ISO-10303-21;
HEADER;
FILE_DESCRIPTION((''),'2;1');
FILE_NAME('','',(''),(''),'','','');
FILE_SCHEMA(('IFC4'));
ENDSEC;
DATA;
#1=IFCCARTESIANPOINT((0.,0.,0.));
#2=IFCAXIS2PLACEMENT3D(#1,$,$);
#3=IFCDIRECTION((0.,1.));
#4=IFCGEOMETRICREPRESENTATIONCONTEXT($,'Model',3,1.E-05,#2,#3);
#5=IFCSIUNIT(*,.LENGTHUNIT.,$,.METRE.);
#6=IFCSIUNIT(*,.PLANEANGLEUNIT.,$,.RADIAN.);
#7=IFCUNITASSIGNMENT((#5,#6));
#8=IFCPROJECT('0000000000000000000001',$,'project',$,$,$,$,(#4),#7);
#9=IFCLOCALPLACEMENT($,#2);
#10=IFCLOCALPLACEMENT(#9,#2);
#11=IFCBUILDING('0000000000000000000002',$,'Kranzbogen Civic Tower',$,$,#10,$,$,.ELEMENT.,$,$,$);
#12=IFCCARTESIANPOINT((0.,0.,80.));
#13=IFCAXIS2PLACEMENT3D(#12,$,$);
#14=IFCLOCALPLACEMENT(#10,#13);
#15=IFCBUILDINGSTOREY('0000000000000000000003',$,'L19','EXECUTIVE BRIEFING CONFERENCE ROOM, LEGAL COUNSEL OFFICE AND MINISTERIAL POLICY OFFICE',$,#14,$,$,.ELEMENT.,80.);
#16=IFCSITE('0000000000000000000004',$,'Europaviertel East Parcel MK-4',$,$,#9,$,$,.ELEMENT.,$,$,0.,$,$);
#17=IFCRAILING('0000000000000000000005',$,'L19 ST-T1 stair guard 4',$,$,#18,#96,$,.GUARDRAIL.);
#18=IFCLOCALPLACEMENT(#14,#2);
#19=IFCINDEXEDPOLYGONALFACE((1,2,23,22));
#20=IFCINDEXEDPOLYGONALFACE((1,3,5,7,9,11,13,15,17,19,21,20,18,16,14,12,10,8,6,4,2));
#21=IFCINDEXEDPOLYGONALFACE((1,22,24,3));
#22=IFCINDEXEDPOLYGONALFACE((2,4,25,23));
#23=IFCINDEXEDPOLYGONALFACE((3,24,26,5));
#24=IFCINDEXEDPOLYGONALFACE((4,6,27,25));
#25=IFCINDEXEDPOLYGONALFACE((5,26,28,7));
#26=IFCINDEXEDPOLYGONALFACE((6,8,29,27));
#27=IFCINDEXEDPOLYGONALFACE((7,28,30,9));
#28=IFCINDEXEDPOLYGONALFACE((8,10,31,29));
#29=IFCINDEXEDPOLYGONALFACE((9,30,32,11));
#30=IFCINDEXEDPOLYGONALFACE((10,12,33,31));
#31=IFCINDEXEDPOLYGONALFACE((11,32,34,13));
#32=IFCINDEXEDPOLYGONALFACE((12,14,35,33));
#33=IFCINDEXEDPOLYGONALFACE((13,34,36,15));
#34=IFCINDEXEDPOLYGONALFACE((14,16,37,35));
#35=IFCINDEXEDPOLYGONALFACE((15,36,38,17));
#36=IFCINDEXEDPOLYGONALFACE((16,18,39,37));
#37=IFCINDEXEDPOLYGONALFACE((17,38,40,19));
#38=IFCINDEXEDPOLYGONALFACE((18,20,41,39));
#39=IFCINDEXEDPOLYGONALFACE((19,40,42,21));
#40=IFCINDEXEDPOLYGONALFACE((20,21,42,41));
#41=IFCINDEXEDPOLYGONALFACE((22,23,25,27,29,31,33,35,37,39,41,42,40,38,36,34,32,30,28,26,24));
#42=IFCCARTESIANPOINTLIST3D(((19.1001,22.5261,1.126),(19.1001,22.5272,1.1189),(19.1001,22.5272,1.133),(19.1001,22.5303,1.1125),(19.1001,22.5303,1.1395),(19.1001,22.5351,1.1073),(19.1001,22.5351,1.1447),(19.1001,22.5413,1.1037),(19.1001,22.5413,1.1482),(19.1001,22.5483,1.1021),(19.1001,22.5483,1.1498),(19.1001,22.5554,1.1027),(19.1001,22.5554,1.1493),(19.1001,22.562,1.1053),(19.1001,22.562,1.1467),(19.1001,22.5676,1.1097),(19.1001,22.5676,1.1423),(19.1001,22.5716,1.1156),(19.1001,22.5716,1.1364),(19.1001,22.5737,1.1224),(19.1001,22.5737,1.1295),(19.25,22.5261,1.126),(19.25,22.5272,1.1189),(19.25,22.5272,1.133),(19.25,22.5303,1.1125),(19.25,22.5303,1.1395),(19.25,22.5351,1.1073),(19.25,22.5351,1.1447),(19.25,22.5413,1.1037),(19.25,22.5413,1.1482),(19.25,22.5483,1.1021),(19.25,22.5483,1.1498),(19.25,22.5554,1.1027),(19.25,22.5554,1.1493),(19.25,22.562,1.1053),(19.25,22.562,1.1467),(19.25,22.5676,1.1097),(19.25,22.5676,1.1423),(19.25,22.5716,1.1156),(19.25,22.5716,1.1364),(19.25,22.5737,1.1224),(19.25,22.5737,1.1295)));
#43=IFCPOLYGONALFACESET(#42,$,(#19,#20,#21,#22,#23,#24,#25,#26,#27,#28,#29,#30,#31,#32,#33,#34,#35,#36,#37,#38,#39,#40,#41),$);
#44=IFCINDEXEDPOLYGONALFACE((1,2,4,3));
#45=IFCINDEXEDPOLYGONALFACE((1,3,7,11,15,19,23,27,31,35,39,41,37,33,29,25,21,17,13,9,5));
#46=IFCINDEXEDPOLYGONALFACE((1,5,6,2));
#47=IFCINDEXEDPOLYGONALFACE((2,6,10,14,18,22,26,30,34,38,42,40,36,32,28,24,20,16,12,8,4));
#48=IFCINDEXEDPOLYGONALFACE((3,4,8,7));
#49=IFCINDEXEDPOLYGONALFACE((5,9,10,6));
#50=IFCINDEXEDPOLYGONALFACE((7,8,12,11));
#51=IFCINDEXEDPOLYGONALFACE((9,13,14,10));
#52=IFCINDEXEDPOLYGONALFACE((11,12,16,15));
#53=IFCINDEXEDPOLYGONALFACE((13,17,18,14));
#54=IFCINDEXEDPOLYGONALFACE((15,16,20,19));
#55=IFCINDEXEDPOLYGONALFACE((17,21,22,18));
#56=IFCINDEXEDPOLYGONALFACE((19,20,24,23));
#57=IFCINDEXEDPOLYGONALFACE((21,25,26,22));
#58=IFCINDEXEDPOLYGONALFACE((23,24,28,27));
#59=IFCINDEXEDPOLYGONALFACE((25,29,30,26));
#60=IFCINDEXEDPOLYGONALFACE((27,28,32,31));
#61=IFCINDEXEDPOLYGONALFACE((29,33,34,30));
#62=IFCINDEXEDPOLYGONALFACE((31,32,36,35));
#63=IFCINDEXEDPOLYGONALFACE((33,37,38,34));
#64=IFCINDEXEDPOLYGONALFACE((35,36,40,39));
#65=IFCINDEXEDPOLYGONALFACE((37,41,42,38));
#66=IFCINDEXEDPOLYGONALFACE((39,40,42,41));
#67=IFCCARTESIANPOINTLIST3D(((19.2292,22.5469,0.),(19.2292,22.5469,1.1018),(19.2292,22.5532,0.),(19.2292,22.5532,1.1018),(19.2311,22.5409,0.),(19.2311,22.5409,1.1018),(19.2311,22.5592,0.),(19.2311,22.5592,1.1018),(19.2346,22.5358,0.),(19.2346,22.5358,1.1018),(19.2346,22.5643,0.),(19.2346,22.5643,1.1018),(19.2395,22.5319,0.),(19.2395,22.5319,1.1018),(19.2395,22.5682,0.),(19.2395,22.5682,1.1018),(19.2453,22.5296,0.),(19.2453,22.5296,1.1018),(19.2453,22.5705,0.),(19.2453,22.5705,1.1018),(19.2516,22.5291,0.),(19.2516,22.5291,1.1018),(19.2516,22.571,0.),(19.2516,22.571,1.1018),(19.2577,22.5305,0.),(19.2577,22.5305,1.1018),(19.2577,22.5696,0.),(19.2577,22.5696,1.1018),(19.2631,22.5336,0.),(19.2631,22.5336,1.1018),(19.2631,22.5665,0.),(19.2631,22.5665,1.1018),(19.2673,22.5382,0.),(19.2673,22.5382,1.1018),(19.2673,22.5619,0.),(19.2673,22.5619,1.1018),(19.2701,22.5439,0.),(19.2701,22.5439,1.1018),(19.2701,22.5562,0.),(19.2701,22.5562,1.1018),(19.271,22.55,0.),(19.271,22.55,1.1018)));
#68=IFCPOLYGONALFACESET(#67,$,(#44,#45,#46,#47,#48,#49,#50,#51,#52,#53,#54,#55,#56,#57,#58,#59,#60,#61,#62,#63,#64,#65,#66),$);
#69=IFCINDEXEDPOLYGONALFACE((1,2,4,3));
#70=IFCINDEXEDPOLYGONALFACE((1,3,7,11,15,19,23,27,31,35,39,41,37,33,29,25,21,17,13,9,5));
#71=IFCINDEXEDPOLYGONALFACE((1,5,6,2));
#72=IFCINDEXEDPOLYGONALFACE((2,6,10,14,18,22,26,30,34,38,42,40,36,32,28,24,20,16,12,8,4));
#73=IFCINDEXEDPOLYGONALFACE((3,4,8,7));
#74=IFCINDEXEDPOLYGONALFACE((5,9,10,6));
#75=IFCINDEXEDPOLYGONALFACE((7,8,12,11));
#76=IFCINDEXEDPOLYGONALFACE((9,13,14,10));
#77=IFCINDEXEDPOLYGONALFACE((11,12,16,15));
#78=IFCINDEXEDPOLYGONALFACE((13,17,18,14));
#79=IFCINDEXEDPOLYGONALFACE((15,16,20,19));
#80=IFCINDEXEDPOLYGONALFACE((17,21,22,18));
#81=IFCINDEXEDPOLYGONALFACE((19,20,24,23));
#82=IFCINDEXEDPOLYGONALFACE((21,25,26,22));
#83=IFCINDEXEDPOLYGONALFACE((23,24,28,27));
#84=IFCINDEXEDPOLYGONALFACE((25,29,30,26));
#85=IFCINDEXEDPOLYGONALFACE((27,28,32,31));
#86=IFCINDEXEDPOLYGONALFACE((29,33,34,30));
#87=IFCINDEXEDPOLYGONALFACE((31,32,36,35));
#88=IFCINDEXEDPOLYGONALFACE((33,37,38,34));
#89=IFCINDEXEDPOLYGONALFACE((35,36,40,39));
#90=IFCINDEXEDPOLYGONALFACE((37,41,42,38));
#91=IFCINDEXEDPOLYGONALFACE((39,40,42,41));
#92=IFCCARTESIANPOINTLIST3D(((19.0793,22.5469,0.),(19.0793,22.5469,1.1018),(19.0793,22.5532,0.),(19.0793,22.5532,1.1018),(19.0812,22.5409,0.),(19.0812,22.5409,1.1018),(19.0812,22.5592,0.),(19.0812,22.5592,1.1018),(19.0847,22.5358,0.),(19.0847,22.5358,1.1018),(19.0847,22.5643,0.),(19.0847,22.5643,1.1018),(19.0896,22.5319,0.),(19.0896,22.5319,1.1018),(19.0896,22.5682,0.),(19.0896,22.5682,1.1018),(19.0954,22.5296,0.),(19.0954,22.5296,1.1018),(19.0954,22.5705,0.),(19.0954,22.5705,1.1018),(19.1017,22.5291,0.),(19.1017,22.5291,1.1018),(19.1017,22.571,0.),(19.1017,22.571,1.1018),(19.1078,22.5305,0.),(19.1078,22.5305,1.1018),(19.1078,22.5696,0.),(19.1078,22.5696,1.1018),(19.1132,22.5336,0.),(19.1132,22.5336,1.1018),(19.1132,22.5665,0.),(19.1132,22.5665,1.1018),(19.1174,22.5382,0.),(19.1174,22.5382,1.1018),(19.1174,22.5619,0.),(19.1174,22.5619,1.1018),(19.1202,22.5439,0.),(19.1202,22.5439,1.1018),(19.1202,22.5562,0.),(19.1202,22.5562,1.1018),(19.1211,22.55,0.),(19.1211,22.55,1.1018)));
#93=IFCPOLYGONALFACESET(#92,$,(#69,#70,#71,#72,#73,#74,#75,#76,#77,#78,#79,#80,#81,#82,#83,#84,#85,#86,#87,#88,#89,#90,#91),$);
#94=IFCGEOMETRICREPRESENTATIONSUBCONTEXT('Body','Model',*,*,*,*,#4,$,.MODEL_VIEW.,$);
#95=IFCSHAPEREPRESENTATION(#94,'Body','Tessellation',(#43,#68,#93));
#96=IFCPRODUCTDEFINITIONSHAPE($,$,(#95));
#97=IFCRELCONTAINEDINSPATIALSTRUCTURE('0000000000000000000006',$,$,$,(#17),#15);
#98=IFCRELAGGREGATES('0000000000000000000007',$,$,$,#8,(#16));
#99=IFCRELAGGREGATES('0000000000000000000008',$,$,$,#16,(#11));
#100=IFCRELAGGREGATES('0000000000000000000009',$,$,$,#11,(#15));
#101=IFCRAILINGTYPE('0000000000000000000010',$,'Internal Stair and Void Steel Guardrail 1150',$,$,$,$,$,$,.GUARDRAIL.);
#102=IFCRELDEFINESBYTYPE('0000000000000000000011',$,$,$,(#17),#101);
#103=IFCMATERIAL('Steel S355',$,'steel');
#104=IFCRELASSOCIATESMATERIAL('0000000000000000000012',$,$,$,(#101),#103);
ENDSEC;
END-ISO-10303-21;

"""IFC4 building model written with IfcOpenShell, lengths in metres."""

from ifc_helpers import new_model, si_unit, direction, frame, origin, origin_2d, place, context, subcontext, project, spatial, circle, extrude, material, type_object, element, save


model = new_model("IFC4")

# Units and contexts
model_context = context("Model", 3, precision=1e-05, world=origin(), true_north=direction((0.0, 1.0)))
body_context = subcontext(model_context, "Body", "Model", "MODEL_VIEW")
ifc_project = project(units=[si_unit("LENGTHUNIT", "METRE"), si_unit("PLANEANGLEUNIT", "RADIAN")], contexts=[model_context])

# Site, building, storey
site_placement = place(None, origin())
site = spatial("IfcSite", under=ifc_project, at=site_placement, Name="Europaviertel East Parcel MK-4", CompositionType="ELEMENT", RefElevation=0.0)
building_placement = place(site_placement, origin())
building = spatial("IfcBuilding", under=site, at=building_placement, Name="Kranzbogen Civic Tower", CompositionType="ELEMENT")
storey_placement = place(building_placement, frame((0.0, 0.0, 80.0)))
storey = spatial("IfcBuildingStorey", under=building, at=storey_placement, Name="L19", Description="EXECUTIVE BRIEFING CONFERENCE ROOM, LEGAL COUNSEL OFFICE AND MINISTERIAL POLICY OFFICE", CompositionType="ELEMENT", Elevation=80.0)

# Shared definitions
ifc_material_1 = material(Name="Steel S355", Category="steel")

# Railing
railing_type_1 = type_object("IfcRailingType", Name="Internal Stair and Void Steel Guardrail 1150", PredefinedType="GUARDRAIL", material=ifc_material_1)
railing_1_placement = place(storey_placement, frame((19.25, 22.55, 0.0)))
element("IfcRailing", 1, at=railing_1_placement, inside=storey, type_object=railing_type_1, Name="L19 ST-T1 stair guard 4", PredefinedType="GUARDRAIL", context=body_context, shape_type="SweptSolid", body=[
    extrude(circle(Radius=0.0239, at=origin_2d()), frame((0.0, 0.0, 1.126), z_axis=(-1.0, 0.0, 0.0), x_axis=(0.0, -1.0, 0.0)), (0.0, 0.0, 1.0), 0.1499),
    extrude(circle(Radius=0.021, at=origin_2d()), origin(), (0.0, 0.0, 1.0), 1.1018),
    extrude(circle(Radius=0.021, at=origin_2d()), frame((-0.1499, 0.0, 0.0)), (0.0, 0.0, 1.0), 1.1018),
])

save(model, "model.ifc")
